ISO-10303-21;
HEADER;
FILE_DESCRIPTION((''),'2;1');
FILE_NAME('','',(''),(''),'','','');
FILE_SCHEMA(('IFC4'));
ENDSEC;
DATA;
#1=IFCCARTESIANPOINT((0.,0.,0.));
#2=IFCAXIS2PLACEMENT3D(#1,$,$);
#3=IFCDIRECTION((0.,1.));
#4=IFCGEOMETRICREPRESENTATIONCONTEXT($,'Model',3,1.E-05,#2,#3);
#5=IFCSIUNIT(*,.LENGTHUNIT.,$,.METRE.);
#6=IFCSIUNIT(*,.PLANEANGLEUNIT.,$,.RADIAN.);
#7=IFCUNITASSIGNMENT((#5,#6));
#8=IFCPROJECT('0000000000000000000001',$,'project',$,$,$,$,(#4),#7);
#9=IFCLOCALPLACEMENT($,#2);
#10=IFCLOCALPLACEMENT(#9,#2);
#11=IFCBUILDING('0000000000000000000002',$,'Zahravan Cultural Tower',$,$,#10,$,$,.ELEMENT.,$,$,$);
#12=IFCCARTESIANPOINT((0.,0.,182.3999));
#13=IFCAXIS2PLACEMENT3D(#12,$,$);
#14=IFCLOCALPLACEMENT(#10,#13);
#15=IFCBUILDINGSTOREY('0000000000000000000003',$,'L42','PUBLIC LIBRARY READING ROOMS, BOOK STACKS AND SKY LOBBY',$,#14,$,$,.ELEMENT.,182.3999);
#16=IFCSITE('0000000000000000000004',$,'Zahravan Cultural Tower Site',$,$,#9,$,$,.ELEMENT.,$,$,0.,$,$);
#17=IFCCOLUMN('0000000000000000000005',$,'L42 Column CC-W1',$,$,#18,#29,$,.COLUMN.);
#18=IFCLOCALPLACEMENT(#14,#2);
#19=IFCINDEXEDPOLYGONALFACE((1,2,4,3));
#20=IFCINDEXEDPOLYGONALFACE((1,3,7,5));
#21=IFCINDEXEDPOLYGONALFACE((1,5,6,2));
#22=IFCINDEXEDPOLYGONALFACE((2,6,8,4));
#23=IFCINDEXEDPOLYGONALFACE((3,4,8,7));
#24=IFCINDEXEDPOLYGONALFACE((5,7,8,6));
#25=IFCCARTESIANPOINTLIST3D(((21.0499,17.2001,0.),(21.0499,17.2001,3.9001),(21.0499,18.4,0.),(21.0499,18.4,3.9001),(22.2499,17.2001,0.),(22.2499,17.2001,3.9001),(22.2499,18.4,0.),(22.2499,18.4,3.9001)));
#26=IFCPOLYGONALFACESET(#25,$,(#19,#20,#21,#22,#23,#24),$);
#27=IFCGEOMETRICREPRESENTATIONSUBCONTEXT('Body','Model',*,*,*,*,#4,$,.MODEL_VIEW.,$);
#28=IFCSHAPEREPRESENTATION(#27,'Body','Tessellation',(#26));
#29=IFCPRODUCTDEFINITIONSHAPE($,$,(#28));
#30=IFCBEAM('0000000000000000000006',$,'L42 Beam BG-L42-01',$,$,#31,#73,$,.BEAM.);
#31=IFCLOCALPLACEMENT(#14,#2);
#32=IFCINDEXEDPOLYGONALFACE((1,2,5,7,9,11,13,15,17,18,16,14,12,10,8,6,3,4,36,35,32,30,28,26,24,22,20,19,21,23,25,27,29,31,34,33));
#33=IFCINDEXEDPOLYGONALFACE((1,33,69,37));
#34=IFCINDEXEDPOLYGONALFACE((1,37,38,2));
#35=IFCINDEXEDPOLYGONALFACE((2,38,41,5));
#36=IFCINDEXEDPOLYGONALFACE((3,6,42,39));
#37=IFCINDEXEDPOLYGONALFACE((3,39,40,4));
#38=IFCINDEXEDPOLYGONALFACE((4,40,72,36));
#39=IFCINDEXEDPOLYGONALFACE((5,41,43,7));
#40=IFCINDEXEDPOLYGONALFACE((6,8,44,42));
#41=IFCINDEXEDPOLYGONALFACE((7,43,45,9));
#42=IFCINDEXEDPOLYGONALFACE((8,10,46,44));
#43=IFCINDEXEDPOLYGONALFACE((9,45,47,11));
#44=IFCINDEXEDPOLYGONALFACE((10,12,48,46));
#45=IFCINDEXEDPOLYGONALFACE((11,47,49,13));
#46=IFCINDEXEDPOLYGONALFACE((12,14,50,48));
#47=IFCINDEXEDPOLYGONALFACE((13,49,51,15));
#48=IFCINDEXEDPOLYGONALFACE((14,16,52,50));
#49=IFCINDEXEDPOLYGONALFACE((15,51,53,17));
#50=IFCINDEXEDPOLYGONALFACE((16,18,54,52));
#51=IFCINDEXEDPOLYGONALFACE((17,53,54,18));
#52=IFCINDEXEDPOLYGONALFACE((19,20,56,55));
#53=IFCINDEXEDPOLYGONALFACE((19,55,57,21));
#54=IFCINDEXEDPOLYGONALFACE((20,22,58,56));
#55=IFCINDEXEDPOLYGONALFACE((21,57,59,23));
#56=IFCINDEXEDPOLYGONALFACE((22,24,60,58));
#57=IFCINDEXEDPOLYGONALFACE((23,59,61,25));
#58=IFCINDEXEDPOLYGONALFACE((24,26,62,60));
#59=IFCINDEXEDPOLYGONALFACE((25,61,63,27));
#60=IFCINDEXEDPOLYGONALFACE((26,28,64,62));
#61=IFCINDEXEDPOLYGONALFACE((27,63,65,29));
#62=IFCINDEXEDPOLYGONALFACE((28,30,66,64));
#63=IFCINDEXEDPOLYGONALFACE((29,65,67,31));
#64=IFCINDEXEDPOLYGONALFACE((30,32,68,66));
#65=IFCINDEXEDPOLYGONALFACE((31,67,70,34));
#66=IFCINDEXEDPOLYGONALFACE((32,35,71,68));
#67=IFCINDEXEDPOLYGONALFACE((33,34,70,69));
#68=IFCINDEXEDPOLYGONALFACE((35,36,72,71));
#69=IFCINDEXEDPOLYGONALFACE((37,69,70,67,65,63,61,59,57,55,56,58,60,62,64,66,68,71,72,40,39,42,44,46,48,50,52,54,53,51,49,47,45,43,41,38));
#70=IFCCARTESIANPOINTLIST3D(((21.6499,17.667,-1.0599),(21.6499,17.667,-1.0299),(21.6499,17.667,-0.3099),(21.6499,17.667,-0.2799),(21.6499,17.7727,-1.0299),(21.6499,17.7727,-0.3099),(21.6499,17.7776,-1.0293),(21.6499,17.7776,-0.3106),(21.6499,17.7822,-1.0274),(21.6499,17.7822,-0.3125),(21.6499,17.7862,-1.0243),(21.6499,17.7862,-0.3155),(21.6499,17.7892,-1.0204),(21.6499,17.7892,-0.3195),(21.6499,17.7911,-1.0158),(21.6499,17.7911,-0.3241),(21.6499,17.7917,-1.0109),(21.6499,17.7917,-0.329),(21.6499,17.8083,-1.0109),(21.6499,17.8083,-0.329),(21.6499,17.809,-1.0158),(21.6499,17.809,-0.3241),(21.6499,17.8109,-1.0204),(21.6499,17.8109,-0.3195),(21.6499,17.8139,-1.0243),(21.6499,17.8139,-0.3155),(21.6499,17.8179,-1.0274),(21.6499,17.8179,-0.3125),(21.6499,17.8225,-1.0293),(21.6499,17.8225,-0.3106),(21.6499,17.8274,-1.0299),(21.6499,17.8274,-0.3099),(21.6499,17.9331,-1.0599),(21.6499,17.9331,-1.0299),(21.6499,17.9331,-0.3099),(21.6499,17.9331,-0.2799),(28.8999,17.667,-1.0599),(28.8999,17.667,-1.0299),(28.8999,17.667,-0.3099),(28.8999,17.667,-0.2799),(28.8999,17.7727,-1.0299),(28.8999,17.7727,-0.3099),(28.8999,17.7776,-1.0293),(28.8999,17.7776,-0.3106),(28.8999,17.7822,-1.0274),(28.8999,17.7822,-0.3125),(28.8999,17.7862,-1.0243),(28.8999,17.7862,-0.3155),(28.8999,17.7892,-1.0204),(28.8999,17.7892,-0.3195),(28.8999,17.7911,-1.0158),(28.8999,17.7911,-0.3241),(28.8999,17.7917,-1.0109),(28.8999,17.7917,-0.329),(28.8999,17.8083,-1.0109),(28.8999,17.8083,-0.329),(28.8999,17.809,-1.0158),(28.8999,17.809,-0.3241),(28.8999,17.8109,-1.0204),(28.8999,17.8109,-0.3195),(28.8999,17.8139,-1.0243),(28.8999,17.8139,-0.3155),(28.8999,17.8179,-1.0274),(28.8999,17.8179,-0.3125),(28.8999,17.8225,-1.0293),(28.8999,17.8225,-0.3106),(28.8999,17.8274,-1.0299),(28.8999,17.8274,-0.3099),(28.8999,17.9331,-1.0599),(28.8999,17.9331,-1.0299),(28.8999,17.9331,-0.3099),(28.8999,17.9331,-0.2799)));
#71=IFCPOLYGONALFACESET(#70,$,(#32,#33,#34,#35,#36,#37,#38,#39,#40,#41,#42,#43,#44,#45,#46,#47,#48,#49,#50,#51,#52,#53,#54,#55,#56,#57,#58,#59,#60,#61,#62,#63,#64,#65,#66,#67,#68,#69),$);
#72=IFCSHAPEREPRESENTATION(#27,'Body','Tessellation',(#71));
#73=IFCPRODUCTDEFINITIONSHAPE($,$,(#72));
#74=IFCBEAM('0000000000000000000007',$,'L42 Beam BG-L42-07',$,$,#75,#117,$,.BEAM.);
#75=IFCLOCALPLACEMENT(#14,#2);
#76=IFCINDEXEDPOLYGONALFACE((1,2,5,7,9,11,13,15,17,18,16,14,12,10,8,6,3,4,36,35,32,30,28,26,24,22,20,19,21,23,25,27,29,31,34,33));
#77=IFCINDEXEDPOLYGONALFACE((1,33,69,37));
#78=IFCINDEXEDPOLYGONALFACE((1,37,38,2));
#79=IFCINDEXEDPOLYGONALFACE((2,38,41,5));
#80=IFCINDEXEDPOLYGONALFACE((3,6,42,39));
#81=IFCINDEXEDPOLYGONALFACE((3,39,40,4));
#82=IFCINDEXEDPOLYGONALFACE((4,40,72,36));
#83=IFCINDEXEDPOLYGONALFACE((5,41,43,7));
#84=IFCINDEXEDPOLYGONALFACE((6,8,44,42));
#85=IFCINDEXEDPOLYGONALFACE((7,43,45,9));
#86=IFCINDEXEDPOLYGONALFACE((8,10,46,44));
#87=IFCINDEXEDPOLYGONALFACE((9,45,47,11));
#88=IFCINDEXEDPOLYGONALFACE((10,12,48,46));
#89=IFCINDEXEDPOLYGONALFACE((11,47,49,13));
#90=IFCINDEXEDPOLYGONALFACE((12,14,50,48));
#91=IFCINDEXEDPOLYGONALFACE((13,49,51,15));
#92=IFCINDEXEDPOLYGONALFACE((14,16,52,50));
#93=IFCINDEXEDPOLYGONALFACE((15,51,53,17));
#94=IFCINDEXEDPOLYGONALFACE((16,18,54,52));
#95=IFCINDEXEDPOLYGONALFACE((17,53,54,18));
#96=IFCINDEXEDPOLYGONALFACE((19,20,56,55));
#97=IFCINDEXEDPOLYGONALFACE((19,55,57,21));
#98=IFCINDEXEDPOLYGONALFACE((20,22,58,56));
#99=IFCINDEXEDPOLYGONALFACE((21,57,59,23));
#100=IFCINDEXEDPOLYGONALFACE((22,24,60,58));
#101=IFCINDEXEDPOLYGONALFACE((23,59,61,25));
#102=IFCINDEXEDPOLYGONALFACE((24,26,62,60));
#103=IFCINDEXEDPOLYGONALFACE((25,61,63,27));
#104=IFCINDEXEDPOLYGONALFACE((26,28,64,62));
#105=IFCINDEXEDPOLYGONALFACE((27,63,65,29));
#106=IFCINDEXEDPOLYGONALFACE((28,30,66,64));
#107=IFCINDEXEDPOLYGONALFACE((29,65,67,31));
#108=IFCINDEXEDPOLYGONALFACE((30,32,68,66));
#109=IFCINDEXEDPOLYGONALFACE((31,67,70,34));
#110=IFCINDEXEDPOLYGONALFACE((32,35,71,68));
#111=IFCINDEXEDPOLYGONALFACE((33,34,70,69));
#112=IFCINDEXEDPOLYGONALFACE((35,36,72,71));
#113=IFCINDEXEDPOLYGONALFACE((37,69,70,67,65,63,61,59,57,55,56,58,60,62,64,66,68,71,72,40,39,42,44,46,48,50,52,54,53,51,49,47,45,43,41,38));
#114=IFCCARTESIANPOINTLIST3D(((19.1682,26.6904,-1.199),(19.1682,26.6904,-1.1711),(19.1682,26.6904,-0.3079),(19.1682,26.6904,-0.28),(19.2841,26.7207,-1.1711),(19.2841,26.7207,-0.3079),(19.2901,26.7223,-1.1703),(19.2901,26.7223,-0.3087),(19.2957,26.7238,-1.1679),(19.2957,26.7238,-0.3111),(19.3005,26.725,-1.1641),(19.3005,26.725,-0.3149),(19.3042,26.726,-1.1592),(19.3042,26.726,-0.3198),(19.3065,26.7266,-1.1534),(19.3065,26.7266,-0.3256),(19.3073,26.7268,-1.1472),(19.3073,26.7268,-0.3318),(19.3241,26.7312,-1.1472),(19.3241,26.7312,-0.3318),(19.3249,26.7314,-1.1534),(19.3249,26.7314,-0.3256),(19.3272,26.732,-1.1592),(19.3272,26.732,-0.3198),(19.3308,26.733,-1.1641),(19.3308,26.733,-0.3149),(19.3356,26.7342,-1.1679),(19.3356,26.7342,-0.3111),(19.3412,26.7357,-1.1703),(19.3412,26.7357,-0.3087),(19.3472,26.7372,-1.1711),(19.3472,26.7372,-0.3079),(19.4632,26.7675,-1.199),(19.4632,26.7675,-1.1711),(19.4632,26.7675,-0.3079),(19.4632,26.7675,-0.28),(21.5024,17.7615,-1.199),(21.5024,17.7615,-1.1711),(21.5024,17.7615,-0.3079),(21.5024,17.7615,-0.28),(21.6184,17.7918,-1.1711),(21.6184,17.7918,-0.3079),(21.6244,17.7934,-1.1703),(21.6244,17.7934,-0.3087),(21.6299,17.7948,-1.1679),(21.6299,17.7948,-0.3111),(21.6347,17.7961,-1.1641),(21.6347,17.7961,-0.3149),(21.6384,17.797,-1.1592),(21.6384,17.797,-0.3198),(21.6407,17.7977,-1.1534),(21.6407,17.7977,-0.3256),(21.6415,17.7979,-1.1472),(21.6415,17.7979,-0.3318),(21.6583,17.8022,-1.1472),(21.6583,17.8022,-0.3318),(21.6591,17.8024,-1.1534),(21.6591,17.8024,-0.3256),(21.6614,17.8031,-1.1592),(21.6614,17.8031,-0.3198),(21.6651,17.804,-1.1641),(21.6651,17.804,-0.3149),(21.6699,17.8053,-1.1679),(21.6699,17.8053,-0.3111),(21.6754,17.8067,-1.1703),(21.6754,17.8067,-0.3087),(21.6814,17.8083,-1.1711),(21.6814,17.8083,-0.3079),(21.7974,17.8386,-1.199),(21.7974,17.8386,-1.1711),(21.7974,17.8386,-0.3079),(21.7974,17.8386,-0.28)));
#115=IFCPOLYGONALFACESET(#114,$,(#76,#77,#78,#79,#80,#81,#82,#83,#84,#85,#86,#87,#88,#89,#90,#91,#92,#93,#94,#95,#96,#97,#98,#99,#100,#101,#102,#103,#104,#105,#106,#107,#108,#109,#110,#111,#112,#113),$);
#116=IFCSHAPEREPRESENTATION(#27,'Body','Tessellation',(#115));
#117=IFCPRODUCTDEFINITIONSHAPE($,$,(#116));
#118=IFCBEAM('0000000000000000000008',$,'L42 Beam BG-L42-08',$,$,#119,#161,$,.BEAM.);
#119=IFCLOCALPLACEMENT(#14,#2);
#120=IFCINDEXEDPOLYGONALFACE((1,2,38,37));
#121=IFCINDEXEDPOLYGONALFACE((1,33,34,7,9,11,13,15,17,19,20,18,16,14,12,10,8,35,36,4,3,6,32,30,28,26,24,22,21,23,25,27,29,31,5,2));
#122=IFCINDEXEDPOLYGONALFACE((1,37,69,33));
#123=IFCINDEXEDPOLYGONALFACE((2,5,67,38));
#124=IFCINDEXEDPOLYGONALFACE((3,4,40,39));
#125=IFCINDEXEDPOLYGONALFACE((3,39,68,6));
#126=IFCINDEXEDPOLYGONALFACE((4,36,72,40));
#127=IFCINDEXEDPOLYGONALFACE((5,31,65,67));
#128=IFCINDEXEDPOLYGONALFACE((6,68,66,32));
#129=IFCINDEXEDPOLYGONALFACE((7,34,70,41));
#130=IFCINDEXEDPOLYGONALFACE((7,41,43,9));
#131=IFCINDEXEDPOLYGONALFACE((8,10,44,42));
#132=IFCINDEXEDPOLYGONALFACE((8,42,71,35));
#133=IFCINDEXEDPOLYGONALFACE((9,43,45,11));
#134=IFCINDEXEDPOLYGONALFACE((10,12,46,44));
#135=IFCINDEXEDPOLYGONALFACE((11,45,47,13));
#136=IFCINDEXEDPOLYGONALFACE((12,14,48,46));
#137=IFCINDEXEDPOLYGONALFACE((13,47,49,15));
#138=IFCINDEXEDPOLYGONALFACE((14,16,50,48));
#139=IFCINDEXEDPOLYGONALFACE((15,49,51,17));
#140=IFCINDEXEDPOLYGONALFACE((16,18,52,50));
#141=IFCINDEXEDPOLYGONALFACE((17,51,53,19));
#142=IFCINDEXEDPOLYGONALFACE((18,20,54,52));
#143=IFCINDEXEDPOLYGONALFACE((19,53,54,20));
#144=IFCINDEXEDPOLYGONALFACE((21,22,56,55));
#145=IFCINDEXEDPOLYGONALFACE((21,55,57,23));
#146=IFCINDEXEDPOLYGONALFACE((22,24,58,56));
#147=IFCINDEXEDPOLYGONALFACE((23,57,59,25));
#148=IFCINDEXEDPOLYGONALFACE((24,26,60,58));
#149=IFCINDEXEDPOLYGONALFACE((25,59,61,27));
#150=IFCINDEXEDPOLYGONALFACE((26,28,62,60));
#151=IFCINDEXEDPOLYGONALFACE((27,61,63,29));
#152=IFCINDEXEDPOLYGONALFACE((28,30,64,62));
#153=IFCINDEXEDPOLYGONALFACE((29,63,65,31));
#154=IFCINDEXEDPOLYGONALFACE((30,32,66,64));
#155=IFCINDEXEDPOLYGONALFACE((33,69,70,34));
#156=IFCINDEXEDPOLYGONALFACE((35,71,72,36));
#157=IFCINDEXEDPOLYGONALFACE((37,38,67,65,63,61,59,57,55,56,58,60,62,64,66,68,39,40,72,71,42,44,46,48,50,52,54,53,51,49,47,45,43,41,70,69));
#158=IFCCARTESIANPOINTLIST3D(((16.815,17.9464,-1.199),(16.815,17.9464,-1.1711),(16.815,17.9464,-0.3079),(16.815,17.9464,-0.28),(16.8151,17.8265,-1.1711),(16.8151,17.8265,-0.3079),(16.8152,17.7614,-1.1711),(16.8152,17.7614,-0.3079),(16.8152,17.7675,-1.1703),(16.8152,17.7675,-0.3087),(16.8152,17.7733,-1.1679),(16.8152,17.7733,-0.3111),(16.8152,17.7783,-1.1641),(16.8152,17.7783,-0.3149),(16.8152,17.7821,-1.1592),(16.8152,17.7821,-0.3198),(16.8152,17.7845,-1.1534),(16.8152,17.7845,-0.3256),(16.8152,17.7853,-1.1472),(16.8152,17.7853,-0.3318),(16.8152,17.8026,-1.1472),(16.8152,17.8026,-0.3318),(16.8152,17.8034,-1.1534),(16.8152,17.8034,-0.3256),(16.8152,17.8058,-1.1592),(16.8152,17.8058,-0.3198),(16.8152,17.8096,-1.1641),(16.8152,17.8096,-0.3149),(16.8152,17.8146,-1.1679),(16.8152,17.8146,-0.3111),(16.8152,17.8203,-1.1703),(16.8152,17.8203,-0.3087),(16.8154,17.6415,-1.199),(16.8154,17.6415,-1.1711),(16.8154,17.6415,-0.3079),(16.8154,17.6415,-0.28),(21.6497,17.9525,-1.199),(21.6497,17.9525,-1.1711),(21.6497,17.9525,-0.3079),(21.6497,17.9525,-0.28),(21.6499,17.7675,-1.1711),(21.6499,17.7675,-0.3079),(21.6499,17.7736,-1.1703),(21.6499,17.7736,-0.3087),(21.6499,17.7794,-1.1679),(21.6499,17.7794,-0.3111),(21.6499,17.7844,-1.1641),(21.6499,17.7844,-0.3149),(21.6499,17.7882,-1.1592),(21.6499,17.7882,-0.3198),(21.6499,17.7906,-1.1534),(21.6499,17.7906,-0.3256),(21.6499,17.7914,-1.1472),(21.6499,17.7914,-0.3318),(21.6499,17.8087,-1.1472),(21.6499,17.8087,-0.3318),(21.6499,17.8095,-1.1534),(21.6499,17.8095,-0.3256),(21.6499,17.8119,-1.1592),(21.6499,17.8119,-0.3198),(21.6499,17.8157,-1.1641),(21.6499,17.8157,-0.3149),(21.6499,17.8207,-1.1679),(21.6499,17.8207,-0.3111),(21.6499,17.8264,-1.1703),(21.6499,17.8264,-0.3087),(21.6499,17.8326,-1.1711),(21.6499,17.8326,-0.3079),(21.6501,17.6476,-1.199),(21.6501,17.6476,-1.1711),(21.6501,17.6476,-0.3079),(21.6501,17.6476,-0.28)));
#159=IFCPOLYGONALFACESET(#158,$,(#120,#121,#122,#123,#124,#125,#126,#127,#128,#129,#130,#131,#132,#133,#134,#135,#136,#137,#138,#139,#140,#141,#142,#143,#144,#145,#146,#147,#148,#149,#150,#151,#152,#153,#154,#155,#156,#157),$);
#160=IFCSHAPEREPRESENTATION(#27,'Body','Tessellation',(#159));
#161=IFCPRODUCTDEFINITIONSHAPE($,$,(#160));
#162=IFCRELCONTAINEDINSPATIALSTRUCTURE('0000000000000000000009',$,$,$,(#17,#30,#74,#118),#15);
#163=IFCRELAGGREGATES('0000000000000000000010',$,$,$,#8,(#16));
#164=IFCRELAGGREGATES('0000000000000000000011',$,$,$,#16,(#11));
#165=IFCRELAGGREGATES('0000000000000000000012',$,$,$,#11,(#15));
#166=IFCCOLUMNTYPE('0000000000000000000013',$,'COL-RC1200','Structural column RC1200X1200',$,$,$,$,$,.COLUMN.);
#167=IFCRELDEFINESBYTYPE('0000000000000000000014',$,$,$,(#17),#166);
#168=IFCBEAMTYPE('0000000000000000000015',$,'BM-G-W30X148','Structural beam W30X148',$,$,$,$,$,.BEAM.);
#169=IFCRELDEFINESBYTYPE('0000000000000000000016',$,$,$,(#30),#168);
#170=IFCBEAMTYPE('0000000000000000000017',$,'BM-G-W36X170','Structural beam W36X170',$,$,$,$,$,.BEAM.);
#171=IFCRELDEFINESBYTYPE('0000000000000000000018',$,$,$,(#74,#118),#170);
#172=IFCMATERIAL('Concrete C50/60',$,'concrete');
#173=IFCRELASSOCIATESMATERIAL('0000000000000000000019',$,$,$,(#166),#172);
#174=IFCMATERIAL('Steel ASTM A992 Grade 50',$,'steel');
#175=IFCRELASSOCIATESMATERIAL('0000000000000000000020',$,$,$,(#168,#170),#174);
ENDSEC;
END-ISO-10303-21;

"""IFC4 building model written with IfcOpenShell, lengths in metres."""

from ifc_helpers import new_model, si_unit, direction, frame, origin, origin_2d, place, context, subcontext, project, spatial, rectangle, i_section, extrude, source, transform, mapped, material, material_profile, profile_set, type_object, element, save


model = new_model("IFC4")

# Units and contexts
model_context = context("Model", 3, precision=1e-05, world=origin(), true_north=direction((0.0, 1.0)))
body_context = subcontext(model_context, "Body", "Model", "MODEL_VIEW")
ifc_project = project(units=[si_unit("LENGTHUNIT", "METRE"), si_unit("PLANEANGLEUNIT", "RADIAN")], contexts=[model_context])

# Site, building, storey
site_placement = place(None, origin())
site = spatial("IfcSite", under=ifc_project, at=site_placement, Name="Zahravan Cultural Tower Site", CompositionType="ELEMENT", RefElevation=0.0)
building_placement = place(site_placement, origin())
building = spatial("IfcBuilding", under=site, at=building_placement, Name="Zahravan Cultural Tower", CompositionType="ELEMENT")
storey_placement = place(building_placement, frame((0.0, 0.0, 182.3999)))
storey = spatial("IfcBuildingStorey", under=building, at=storey_placement, Name="L42", Description="PUBLIC LIBRARY READING ROOMS, BOOK STACKS AND SKY LOBBY", CompositionType="ELEMENT", Elevation=182.3999)

# Column
ifc_material_1 = material(Name="Concrete C50/60", Category="concrete")
ifc_material_profile_1 = material_profile(ifc_material_1, rectangle(XDim=1.2, YDim=1.2, at=origin_2d()), Name="RC1200X1200")
ifc_profile_set_1 = profile_set([ifc_material_profile_1], Name="Concrete C50/60")
column_type = type_object("IfcColumnType", Name="COL-RC1200", Description="Structural column RC1200X1200", PredefinedType="COLUMN", material=ifc_profile_set_1)
shared_shape_1 = source(origin(), body_context, "Body", "SweptSolid", [
    extrude(rectangle(XDim=1.2, YDim=1.2, at=origin_2d()), origin(), (0.0, 0.0, 1.0), 3.9001),
])
column_placement = place(storey_placement, frame((21.6499, 17.8, 0.0), z_axis=(0.0, 0.0, 1.0), x_axis=(1.0, 0.0, 0.0)))
element("IfcColumn", 1, at=column_placement, inside=storey, type_object=column_type, Name="L42 Column CC-W1", PredefinedType="COLUMN", context=body_context, shape_type="MappedRepresentation", body=[
    mapped(shared_shape_1, transform((0.0, 0.0, 0.0), x_axis=(1.0, 0.0, 0.0), y_axis=(0.0, 1.0, 0.0), z_axis=(0.0, 0.0, 1.0), scale=1.0)),
])

# Beams
ifc_material_2 = material(Name="Steel ASTM A992 Grade 50", Category="steel")
ifc_material_profile_2 = material_profile(ifc_material_2, i_section(OverallWidth=0.2661, OverallDepth=0.78, WebThickness=0.0166, FlangeThickness=0.03, FilletRadius=0.019, at=origin_2d()), Name="W30X148")
ifc_profile_set_2 = profile_set([ifc_material_profile_2], Name="Steel ASTM A992 Grade 50")
beam_type_1 = type_object("IfcBeamType", Name="BM-G-W30X148", Description="Structural beam W30X148", PredefinedType="BEAM", material=ifc_profile_set_2)
shared_shape_2 = source(origin(), body_context, "Body", "SweptSolid", [
    extrude(i_section(OverallWidth=0.2661, OverallDepth=0.78, WebThickness=0.0166, FlangeThickness=0.03, FilletRadius=0.019, at=origin_2d()), origin(), (0.0, 0.0, 1.0), 7.25),
])
beam_1_placement = place(storey_placement, frame((21.6499, 17.8, -0.6699), z_axis=(1.0, 0.0, 0.0), x_axis=(0.0, 1.0, 0.0)))
element("IfcBeam", 2, at=beam_1_placement, inside=storey, type_object=beam_type_1, Name="L42 Beam BG-L42-01", PredefinedType="BEAM", context=body_context, shape_type="MappedRepresentation", body=[
    mapped(shared_shape_2, transform((0.0, 0.0, 0.0), x_axis=(1.0, 0.0, 0.0), y_axis=(0.0, 1.0, 0.0), z_axis=(0.0, 0.0, 1.0), scale=1.0)),
])
ifc_material_profile_3 = material_profile(ifc_material_2, i_section(OverallWidth=0.3049, OverallDepth=0.9189, WebThickness=0.0173, FlangeThickness=0.0278, FilletRadius=0.0239, at=origin_2d()), Name="W36X170")
ifc_profile_set_3 = profile_set([ifc_material_profile_3], Name="Steel ASTM A992 Grade 50")
beam_type_2 = type_object("IfcBeamType", Name="BM-G-W36X170", Description="Structural beam W36X170", PredefinedType="BEAM", material=ifc_profile_set_3)
shared_shape_3 = source(origin(), body_context, "Body", "SweptSolid", [
    extrude(i_section(OverallWidth=0.3049, OverallDepth=0.9189, WebThickness=0.0173, FlangeThickness=0.0278, FilletRadius=0.0239, at=origin_2d()), origin(), (0.0, 0.0, 1.0), 9.229),
])
beam_2_placement = place(storey_placement, frame((21.6499, 17.8, -0.7395), z_axis=(-0.252923, 0.967487, 0.0), x_axis=(-0.967487, -0.252923, 0.0)))
element("IfcBeam", 3, at=beam_2_placement, inside=storey, type_object=beam_type_2, Name="L42 Beam BG-L42-07", PredefinedType="BEAM", context=body_context, shape_type="MappedRepresentation", body=[
    mapped(shared_shape_3, transform((0.0, 0.0, 0.0), x_axis=(1.0, 0.0, 0.0), y_axis=(0.0, 1.0, 0.0), z_axis=(0.0, 0.0, 1.0), scale=1.0)),
])
shared_shape_4 = source(origin(), body_context, "Body", "SweptSolid", [
    extrude(i_section(OverallWidth=0.3049, OverallDepth=0.9189, WebThickness=0.0173, FlangeThickness=0.0278, FilletRadius=0.0239, at=origin_2d()), origin(), (0.0, 0.0, 1.0), 4.8347),
])
beam_3_placement = place(storey_placement, frame((21.6499, 17.8, -0.7395), z_axis=(-0.999999, -0.001262, 0.0), x_axis=(0.001262, -0.999999, 0.0)))
element("IfcBeam", 4, at=beam_3_placement, inside=storey, type_object=beam_type_2, Name="L42 Beam BG-L42-08", PredefinedType="BEAM", context=body_context, shape_type="MappedRepresentation", body=[
    mapped(shared_shape_4, transform((0.0, 0.0, 0.0), x_axis=(1.0, 0.0, 0.0), y_axis=(0.0, 1.0, 0.0), z_axis=(0.0, 0.0, 1.0), scale=1.0)),
])

save(model, "model.ifc")
